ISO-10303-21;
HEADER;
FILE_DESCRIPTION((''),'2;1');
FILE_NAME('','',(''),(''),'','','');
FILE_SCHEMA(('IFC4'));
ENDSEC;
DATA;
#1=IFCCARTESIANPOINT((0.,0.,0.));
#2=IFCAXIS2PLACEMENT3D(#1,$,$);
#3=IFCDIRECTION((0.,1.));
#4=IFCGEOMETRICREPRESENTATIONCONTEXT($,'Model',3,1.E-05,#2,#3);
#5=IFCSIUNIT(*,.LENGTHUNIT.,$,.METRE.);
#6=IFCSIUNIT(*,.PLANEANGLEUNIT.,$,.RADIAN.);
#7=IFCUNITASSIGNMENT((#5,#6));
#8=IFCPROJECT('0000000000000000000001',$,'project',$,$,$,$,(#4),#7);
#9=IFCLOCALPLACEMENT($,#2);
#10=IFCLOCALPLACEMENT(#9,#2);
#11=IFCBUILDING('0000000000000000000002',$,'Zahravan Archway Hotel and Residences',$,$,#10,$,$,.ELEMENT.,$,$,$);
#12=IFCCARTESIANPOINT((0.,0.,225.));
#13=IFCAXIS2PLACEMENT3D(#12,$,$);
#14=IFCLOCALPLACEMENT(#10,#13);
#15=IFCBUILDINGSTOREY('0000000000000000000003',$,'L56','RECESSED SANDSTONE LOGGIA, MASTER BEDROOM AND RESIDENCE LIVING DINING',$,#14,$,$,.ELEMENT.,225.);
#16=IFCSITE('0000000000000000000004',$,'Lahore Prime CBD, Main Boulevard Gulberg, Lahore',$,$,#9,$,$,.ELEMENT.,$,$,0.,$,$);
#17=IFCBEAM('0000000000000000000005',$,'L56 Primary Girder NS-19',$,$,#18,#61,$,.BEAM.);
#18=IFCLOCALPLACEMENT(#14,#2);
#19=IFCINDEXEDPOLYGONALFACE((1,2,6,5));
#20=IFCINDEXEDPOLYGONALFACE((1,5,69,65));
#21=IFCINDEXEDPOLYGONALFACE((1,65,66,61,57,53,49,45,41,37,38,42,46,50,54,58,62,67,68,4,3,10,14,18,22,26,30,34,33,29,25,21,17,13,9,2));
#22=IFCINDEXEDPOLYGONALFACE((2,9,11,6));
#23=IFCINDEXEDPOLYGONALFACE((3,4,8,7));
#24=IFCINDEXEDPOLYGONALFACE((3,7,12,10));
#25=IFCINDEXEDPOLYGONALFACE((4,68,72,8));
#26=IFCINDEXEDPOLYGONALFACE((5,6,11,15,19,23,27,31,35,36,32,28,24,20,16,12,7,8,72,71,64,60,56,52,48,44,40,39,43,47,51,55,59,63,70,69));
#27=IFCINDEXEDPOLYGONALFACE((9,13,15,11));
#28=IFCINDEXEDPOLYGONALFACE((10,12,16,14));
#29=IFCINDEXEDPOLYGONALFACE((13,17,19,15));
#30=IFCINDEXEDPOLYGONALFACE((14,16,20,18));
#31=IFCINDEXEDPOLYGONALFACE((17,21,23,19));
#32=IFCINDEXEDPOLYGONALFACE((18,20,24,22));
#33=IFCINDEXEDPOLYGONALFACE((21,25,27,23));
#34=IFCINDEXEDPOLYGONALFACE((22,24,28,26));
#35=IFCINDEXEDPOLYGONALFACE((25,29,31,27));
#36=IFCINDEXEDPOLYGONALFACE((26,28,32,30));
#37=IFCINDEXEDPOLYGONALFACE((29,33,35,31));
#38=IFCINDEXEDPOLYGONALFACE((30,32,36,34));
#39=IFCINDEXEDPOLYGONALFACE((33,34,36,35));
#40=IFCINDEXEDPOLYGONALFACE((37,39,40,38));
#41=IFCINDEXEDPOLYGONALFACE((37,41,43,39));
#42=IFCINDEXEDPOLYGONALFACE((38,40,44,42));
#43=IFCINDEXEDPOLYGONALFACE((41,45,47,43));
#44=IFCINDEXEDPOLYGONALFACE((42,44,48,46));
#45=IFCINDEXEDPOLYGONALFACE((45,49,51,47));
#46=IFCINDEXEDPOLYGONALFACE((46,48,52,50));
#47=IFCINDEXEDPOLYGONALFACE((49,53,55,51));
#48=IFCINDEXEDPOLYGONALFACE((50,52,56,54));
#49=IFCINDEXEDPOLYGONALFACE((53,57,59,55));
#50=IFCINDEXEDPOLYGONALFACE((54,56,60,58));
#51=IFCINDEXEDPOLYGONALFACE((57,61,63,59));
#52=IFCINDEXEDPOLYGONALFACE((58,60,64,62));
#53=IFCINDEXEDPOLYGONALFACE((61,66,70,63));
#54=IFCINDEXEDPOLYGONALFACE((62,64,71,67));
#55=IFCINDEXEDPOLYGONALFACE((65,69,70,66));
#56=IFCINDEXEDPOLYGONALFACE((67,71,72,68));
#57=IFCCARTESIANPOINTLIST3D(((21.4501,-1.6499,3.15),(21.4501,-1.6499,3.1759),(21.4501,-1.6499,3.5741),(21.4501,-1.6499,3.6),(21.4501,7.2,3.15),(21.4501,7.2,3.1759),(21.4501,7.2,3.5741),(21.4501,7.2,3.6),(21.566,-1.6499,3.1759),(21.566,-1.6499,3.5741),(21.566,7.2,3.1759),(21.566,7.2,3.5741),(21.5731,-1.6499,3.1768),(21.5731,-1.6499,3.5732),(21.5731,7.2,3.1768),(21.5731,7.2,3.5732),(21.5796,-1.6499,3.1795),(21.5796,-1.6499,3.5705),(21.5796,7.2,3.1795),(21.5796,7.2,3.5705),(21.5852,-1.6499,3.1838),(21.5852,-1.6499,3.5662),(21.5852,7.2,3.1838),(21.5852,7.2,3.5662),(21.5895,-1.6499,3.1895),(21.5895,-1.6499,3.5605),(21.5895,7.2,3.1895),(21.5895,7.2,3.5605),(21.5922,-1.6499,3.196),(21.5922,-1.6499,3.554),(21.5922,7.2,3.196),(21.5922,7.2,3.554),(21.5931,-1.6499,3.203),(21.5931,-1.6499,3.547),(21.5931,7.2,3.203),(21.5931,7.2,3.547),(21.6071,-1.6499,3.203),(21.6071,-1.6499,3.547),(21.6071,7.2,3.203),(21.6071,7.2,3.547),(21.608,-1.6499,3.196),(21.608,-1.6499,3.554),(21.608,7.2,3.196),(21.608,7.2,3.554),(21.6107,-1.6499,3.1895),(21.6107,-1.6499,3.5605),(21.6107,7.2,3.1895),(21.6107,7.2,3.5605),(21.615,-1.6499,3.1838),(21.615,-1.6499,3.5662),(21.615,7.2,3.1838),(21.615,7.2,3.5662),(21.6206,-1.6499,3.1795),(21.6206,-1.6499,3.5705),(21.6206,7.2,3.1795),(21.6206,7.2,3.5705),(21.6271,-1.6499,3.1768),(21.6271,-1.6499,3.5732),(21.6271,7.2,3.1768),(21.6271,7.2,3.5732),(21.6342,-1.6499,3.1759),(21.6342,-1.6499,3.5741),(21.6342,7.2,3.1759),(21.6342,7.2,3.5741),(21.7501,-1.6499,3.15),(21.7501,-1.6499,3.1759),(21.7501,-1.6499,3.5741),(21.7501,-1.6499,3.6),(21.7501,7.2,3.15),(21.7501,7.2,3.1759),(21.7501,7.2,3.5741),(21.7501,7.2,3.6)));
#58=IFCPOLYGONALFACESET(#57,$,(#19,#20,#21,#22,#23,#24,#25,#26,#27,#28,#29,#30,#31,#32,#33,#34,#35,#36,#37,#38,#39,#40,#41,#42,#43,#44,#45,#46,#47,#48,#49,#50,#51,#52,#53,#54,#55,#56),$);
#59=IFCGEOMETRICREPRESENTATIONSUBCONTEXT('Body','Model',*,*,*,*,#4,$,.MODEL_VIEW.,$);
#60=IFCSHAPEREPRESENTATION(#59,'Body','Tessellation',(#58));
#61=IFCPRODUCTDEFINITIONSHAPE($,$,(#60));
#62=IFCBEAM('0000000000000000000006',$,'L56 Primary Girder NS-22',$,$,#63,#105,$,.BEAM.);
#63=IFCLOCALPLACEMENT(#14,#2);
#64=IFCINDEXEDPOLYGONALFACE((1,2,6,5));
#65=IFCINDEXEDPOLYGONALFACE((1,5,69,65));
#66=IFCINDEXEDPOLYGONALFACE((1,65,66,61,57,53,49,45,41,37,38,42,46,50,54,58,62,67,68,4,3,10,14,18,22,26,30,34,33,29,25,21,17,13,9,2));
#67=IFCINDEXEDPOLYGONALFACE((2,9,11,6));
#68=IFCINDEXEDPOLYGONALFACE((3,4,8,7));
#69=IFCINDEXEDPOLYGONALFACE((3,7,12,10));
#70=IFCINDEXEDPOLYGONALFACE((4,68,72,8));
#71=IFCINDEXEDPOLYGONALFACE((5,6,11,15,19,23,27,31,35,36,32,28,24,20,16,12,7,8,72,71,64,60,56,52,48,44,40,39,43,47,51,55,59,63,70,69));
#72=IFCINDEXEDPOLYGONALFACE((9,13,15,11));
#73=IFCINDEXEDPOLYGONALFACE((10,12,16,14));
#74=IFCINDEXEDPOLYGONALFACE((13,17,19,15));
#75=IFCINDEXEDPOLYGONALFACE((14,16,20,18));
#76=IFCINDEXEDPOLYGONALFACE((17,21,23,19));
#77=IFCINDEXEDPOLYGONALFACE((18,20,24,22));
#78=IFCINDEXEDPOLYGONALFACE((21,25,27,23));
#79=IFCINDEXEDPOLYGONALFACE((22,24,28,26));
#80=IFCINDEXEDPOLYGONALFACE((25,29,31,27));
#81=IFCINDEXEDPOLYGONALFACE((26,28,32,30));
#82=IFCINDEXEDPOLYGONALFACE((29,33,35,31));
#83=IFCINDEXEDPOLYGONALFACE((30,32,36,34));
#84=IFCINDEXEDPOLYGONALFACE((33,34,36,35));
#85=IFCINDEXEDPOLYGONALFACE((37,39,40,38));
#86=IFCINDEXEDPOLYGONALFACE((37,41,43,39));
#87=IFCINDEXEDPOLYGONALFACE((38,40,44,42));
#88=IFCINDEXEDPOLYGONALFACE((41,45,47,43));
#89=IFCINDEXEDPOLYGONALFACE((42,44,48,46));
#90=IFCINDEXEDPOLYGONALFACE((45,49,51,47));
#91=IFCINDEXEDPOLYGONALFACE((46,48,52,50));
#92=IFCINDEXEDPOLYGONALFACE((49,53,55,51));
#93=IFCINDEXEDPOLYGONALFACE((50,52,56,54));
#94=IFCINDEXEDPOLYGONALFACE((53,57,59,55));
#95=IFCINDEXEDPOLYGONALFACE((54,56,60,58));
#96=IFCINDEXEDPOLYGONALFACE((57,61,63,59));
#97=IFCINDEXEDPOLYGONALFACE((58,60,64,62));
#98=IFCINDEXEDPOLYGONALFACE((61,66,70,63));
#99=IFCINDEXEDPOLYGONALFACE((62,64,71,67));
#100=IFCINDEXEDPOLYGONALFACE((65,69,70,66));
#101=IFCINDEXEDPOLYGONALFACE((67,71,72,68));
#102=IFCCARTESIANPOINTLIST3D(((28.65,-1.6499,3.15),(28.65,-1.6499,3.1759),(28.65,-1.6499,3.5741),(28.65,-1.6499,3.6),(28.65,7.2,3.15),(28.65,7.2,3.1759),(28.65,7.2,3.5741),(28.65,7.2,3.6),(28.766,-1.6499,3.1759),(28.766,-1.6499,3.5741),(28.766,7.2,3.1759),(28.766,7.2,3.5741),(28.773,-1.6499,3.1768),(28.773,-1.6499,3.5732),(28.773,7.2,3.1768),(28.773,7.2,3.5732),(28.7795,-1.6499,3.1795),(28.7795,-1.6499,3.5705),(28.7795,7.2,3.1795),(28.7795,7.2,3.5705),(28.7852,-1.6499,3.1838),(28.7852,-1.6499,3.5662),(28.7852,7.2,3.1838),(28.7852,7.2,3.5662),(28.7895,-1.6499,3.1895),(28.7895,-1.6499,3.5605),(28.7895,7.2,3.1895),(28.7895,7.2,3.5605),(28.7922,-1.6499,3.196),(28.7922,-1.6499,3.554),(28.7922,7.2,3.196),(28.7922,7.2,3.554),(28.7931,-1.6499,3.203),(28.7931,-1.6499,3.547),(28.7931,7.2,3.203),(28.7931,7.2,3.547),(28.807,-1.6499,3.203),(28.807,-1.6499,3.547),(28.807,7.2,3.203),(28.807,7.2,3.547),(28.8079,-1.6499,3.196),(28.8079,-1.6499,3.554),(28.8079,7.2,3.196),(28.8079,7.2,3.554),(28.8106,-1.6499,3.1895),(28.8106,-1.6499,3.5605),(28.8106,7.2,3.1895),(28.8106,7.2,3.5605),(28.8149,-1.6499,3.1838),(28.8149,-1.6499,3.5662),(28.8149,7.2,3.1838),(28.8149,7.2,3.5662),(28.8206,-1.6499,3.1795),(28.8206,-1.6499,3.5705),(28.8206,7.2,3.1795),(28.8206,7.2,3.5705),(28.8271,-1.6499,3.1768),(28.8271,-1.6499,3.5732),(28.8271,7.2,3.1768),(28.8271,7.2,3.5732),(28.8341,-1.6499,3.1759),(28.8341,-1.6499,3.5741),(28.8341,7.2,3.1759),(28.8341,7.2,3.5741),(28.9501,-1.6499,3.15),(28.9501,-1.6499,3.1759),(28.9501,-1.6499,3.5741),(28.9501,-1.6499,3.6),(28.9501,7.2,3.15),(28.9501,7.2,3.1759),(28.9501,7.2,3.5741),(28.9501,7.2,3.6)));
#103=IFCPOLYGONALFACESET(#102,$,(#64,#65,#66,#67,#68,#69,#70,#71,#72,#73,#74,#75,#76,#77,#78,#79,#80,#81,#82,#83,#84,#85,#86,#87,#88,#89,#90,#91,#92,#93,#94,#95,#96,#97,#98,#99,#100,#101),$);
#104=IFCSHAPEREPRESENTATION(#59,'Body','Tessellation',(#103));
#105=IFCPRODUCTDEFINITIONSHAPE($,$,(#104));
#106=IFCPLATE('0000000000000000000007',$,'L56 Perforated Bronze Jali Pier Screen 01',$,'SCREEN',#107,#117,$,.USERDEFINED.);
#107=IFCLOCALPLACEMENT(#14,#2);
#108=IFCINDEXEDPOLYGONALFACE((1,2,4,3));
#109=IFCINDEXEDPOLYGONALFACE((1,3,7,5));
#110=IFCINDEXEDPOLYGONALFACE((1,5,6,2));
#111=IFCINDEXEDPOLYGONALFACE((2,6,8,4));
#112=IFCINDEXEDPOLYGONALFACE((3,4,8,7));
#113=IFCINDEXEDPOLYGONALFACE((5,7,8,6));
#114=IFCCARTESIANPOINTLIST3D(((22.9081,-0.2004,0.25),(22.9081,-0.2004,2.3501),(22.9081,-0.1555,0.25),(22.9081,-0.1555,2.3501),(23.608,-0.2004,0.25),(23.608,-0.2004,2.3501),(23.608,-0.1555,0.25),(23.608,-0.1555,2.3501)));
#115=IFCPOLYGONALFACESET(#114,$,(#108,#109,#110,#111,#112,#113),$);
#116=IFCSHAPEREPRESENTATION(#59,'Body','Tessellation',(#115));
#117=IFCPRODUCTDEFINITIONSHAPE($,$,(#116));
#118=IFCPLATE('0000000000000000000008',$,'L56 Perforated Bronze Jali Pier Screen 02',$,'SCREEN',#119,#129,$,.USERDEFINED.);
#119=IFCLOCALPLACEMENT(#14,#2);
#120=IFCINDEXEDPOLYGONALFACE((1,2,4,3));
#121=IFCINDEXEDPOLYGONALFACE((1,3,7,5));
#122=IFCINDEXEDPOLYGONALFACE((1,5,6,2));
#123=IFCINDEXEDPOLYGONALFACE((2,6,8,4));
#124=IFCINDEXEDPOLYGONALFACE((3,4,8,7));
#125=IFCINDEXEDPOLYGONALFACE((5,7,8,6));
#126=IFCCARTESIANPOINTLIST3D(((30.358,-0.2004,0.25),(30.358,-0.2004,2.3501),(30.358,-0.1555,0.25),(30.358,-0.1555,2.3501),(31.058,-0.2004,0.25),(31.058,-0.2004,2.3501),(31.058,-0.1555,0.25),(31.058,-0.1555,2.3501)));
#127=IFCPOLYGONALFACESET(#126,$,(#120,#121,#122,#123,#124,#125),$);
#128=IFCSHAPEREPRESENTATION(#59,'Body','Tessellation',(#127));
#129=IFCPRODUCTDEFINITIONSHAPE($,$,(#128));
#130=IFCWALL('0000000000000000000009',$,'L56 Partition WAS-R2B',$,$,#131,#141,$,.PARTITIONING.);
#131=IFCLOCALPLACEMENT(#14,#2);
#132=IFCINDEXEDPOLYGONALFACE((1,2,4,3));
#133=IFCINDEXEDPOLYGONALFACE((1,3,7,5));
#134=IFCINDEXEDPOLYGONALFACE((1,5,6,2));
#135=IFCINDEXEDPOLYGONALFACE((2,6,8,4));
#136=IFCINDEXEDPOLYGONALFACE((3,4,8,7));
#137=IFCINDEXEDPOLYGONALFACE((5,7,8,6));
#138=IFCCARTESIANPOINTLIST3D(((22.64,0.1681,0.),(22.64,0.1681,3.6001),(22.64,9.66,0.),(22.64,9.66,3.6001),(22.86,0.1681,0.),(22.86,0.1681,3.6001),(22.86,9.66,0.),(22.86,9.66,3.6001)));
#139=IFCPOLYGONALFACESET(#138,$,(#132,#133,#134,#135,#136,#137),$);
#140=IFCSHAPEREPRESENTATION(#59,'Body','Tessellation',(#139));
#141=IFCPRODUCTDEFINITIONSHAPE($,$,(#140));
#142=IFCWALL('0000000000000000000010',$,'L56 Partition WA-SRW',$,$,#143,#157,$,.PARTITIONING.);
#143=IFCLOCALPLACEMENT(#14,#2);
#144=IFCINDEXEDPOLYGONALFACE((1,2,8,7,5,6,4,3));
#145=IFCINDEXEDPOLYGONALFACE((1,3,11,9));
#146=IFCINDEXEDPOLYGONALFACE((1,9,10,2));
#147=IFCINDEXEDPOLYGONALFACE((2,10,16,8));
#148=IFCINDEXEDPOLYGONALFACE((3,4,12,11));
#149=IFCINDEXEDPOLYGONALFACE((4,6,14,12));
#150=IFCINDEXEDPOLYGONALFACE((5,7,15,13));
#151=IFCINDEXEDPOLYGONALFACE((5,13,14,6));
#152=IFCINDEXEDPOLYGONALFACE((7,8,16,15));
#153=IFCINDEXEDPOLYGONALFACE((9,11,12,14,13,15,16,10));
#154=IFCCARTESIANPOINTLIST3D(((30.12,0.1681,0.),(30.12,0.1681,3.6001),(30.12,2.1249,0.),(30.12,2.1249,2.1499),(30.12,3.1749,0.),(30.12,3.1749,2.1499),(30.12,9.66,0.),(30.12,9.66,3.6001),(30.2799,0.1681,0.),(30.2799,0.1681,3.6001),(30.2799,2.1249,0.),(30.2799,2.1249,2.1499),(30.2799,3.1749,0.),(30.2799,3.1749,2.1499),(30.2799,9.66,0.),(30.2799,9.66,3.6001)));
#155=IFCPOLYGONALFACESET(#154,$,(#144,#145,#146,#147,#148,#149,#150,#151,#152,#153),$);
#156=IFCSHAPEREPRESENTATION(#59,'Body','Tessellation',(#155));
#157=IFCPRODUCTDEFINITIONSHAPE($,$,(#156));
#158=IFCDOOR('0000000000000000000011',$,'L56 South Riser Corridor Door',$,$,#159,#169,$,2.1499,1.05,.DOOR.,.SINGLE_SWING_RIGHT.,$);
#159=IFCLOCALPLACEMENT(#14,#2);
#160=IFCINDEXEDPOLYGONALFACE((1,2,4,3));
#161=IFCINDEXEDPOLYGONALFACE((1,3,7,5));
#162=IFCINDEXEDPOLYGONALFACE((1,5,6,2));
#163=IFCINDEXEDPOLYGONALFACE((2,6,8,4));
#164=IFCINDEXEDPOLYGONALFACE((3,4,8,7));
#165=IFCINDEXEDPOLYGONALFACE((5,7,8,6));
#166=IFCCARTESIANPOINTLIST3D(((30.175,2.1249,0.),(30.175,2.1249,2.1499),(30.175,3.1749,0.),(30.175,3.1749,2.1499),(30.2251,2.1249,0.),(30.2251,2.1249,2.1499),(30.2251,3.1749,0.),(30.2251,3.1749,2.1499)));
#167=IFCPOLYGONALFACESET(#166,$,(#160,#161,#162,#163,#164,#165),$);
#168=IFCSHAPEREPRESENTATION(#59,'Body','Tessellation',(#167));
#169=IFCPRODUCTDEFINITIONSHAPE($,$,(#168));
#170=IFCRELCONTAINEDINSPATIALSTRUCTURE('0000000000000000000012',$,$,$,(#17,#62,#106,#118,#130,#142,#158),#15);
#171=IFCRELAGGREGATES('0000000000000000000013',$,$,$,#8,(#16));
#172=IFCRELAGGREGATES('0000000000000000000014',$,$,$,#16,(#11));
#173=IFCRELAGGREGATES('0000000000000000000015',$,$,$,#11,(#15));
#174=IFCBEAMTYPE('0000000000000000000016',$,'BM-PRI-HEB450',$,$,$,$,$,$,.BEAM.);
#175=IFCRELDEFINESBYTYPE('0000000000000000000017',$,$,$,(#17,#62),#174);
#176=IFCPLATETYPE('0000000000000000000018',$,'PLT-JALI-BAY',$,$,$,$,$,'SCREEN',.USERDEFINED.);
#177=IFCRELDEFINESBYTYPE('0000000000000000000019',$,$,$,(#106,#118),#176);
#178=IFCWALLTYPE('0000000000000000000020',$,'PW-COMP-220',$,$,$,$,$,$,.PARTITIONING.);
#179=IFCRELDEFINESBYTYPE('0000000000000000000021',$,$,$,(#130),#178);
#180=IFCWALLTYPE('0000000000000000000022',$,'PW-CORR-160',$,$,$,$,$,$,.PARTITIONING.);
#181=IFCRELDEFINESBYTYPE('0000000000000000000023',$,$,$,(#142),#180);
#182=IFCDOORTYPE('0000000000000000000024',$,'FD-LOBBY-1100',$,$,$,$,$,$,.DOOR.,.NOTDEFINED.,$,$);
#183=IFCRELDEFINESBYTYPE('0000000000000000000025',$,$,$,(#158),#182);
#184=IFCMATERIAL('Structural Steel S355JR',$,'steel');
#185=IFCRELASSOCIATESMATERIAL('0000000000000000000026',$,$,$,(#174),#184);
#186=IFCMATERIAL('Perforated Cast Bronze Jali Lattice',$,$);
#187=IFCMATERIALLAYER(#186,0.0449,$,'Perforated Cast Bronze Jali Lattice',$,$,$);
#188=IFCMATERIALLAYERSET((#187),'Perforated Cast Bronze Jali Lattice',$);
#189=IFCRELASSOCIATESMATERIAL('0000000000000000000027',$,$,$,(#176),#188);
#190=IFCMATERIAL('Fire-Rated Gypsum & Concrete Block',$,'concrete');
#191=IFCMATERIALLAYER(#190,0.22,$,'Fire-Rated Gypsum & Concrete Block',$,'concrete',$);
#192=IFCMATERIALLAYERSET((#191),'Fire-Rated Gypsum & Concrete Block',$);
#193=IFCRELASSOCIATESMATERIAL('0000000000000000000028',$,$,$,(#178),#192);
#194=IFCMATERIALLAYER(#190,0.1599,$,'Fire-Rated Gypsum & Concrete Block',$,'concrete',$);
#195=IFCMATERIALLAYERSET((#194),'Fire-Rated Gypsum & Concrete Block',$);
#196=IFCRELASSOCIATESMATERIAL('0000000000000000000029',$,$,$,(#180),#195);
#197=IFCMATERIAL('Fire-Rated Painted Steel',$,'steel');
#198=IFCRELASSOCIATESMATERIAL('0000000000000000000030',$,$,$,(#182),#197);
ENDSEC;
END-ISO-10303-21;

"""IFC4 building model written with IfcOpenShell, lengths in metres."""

from ifc_helpers import new_model, si_unit, direction, frame, frame_2d, origin, origin_2d, place, context, subcontext, project, spatial, rectangle, i_section, extrude, source, transform, mapped, material, layer, layer_set, material_profile, profile_set, type_object, type_shapes, element, fill, save


model = new_model("IFC4")

# Units and contexts
model_context = context("Model", 3, precision=1e-05, world=origin(), true_north=direction((0.0, 1.0)))
body_context = subcontext(model_context, "Body", "Model", "MODEL_VIEW")
ifc_project = project(units=[si_unit("LENGTHUNIT", "METRE"), si_unit("PLANEANGLEUNIT", "RADIAN")], contexts=[model_context])

# Site, building, storey
site_placement = place(None, origin())
site = spatial("IfcSite", under=ifc_project, at=site_placement, Name="Lahore Prime CBD, Main Boulevard Gulberg, Lahore", CompositionType="ELEMENT", RefElevation=0.0)
building_placement = place(site_placement, origin())
building = spatial("IfcBuilding", under=site, at=building_placement, Name="Zahravan Archway Hotel and Residences", CompositionType="ELEMENT")
storey_placement = place(building_placement, frame((0.0, 0.0, 225.0)))
storey = spatial("IfcBuildingStorey", under=building, at=storey_placement, Name="L56", Description="RECESSED SANDSTONE LOGGIA, MASTER BEDROOM AND RESIDENCE LIVING DINING", CompositionType="ELEMENT", Elevation=225.0)

# Beams
ifc_material_1 = material(Name="Structural Steel S355JR", Category="steel")
ifc_material_profile_1 = material_profile(ifc_material_1, i_section(OverallWidth=0.3, OverallDepth=0.45, WebThickness=0.0139, FlangeThickness=0.0259, FilletRadius=0.0271, at=origin_2d()), Name="HEB 450", Category="steel")
ifc_profile_set_1 = profile_set([ifc_material_profile_1], Name="Structural Steel S355JR")
beam_type_1 = type_object("IfcBeamType", Name="BM-PRI-HEB450", PredefinedType="BEAM", material=ifc_profile_set_1)
shared_shape_1 = source(origin(), body_context, "Body", "SweptSolid", [
    extrude(i_section(OverallWidth=0.3, OverallDepth=0.45, WebThickness=0.0139, FlangeThickness=0.0259, FilletRadius=0.0271, at=origin_2d()), origin(), (0.0, 0.0, 1.0), 8.8499),
])
for number, where, z_axis, x_axis, name in (
    (1, (21.6001, -1.6499, 3.375), (0.0, 1.0, 0.0), (-1.0, 0.0, 0.0), "L56 Primary Girder NS-19"),
    (2, (28.8, -1.6499, 3.375), (0.0, 1.0, 0.0), (-1.0, 0.0, 0.0), "L56 Primary Girder NS-22"),
):
    element("IfcBeam", number, at=place(storey_placement, frame(where, z_axis=z_axis, x_axis=x_axis)), inside=storey, type_object=beam_type_1, Name=name, PredefinedType="BEAM", context=body_context, shape_type="MappedRepresentation", body=[
        mapped(shared_shape_1, transform((0.0, 0.0, 0.0), scale=1.0)),
    ])

# Plates
ifc_material_2 = material(Name="Perforated Cast Bronze Jali Lattice")
ifc_layer_1 = layer(ifc_material_2, 0.0449, Name="Perforated Cast Bronze Jali Lattice")
ifc_layer_set_1 = layer_set([ifc_layer_1], Name="Perforated Cast Bronze Jali Lattice")
plate_type = type_object("IfcPlateType", Name="PLT-JALI-BAY", ElementType="SCREEN", PredefinedType="USERDEFINED", material=ifc_layer_set_1)
shared_shape_2 = source(origin(), body_context, "Body", "SweptSolid", [
    extrude(rectangle(XDim=0.7, YDim=0.0449, at=origin_2d()), origin(), (0.0, 0.0, 1.0), 2.1001),
])
type_shapes(plate_type, [shared_shape_2])
for number, where, z_axis, x_axis, name in (
    (3, (23.2581, -0.178, 0.25), (0.0, 0.0, 1.0), (1.0, 0.0, 0.0), "L56 Perforated Bronze Jali Pier Screen 01"),
    (4, (30.708, -0.178, 0.25), (0.0, 0.0, 1.0), (1.0, 0.0, 0.0), "L56 Perforated Bronze Jali Pier Screen 02"),
):
    element("IfcPlate", number, at=place(storey_placement, frame(where, z_axis=z_axis, x_axis=x_axis)), inside=storey, type_object=plate_type, Name=name, ObjectType="SCREEN", PredefinedType="USERDEFINED", context=body_context, shape_type="MappedRepresentation", body=[
        mapped(shared_shape_2, transform((0.0, 0.0, 0.0), scale=1.0)),
    ])

# Wall
ifc_material_3 = material(Name="Fire-Rated Gypsum & Concrete Block", Category="concrete")
ifc_layer_2 = layer(ifc_material_3, 0.22, Name="Fire-Rated Gypsum & Concrete Block", Category="concrete")
ifc_layer_set_2 = layer_set([ifc_layer_2], Name="Fire-Rated Gypsum & Concrete Block")
wall_type_1 = type_object("IfcWallType", Name="PW-COMP-220", PredefinedType="PARTITIONING", material=ifc_layer_set_2)
wall_1_placement = place(storey_placement, frame((22.75, 0.168, 0.0), z_axis=(0.0, 0.0, 1.0), x_axis=(0.0, 1.0, 0.0)))
element("IfcWall", 5, at=wall_1_placement, inside=storey, type_object=wall_type_1, Name="L56 Partition WAS-R2B", PredefinedType="PARTITIONING", context=body_context, shape_type="SweptSolid", body=[
    extrude(rectangle(XDim=9.4919, YDim=0.22, at=frame_2d((4.7461, 0.0))), origin(), (0.0, 0.0, 1.0), 3.6001),
])

# Wall, opening, door
ifc_layer_3 = layer(ifc_material_3, 0.1599, Name="Fire-Rated Gypsum & Concrete Block", Category="concrete")
ifc_layer_set_3 = layer_set([ifc_layer_3], Name="Fire-Rated Gypsum & Concrete Block")
wall_type_2 = type_object("IfcWallType", Name="PW-CORR-160", PredefinedType="PARTITIONING", material=ifc_layer_set_3)
wall_2_placement = place(storey_placement, frame((30.2, 0.168, 0.0), z_axis=(0.0, 0.0, 1.0), x_axis=(0.0, 1.0, 0.0)))
wall_2 = element("IfcWall", 6, at=wall_2_placement, inside=storey, type_object=wall_type_2, Name="L56 Partition WA-SRW", PredefinedType="PARTITIONING", context=body_context, shape_type="SweptSolid", body=[
    extrude(rectangle(XDim=9.4919, YDim=0.1599, at=frame_2d((4.7461, 0.0))), origin(), (0.0, 0.0, 1.0), 3.6001),
])
opening_1_placement = place(wall_2_placement, frame((1.957, 0.0, 0.0)))
opening_1 = element("IfcOpeningElement", 7, at=opening_1_placement, cuts=wall_2, PredefinedType="OPENING", context=body_context, shape_type="SweptSolid", body=[
    extrude(rectangle(XDim=1.05, YDim=2.1499, at=frame_2d((0.5249, 1.075))), frame((0.0, 0.0898, 0.0), z_axis=(0.0, -1.0, 0.0), x_axis=(1.0, 0.0, 0.0)), (0.0, 0.0, 1.0), 0.1799),
])
ifc_material_4 = material(Name="Fire-Rated Painted Steel", Category="steel")
door_type_1 = type_object("IfcDoorType", Name="FD-LOBBY-1100", OperationType="NOTDEFINED", PredefinedType="DOOR", material=ifc_material_4)
shared_shape_3 = source(origin(), body_context, "Body", "SweptSolid", [
    extrude(rectangle(XDim=1.05, YDim=2.1499, at=frame_2d((0.5249, 1.075))), frame((0.0, 0.0249, 0.0), z_axis=(0.0, -1.0, 0.0), x_axis=(1.0, 0.0, 0.0)), (0.0, 0.0, 1.0), 0.05),
])
type_shapes(door_type_1, [shared_shape_3])
door_1_placement = place(opening_1_placement, origin())
door_1 = element("IfcDoor", 8, at=door_1_placement, inside=storey, type_object=door_type_1, Name="L56 South Riser Corridor Door", OperationType="SINGLE_SWING_RIGHT", OverallHeight=2.1499, OverallWidth=1.05, PredefinedType="DOOR", context=body_context, shape_type="MappedRepresentation", body=[
    mapped(shared_shape_3, transform((0.0, 0.0, 0.0), scale=1.0)),
])
fill(opening_1, door_1)

save(model, "model.ifc")
